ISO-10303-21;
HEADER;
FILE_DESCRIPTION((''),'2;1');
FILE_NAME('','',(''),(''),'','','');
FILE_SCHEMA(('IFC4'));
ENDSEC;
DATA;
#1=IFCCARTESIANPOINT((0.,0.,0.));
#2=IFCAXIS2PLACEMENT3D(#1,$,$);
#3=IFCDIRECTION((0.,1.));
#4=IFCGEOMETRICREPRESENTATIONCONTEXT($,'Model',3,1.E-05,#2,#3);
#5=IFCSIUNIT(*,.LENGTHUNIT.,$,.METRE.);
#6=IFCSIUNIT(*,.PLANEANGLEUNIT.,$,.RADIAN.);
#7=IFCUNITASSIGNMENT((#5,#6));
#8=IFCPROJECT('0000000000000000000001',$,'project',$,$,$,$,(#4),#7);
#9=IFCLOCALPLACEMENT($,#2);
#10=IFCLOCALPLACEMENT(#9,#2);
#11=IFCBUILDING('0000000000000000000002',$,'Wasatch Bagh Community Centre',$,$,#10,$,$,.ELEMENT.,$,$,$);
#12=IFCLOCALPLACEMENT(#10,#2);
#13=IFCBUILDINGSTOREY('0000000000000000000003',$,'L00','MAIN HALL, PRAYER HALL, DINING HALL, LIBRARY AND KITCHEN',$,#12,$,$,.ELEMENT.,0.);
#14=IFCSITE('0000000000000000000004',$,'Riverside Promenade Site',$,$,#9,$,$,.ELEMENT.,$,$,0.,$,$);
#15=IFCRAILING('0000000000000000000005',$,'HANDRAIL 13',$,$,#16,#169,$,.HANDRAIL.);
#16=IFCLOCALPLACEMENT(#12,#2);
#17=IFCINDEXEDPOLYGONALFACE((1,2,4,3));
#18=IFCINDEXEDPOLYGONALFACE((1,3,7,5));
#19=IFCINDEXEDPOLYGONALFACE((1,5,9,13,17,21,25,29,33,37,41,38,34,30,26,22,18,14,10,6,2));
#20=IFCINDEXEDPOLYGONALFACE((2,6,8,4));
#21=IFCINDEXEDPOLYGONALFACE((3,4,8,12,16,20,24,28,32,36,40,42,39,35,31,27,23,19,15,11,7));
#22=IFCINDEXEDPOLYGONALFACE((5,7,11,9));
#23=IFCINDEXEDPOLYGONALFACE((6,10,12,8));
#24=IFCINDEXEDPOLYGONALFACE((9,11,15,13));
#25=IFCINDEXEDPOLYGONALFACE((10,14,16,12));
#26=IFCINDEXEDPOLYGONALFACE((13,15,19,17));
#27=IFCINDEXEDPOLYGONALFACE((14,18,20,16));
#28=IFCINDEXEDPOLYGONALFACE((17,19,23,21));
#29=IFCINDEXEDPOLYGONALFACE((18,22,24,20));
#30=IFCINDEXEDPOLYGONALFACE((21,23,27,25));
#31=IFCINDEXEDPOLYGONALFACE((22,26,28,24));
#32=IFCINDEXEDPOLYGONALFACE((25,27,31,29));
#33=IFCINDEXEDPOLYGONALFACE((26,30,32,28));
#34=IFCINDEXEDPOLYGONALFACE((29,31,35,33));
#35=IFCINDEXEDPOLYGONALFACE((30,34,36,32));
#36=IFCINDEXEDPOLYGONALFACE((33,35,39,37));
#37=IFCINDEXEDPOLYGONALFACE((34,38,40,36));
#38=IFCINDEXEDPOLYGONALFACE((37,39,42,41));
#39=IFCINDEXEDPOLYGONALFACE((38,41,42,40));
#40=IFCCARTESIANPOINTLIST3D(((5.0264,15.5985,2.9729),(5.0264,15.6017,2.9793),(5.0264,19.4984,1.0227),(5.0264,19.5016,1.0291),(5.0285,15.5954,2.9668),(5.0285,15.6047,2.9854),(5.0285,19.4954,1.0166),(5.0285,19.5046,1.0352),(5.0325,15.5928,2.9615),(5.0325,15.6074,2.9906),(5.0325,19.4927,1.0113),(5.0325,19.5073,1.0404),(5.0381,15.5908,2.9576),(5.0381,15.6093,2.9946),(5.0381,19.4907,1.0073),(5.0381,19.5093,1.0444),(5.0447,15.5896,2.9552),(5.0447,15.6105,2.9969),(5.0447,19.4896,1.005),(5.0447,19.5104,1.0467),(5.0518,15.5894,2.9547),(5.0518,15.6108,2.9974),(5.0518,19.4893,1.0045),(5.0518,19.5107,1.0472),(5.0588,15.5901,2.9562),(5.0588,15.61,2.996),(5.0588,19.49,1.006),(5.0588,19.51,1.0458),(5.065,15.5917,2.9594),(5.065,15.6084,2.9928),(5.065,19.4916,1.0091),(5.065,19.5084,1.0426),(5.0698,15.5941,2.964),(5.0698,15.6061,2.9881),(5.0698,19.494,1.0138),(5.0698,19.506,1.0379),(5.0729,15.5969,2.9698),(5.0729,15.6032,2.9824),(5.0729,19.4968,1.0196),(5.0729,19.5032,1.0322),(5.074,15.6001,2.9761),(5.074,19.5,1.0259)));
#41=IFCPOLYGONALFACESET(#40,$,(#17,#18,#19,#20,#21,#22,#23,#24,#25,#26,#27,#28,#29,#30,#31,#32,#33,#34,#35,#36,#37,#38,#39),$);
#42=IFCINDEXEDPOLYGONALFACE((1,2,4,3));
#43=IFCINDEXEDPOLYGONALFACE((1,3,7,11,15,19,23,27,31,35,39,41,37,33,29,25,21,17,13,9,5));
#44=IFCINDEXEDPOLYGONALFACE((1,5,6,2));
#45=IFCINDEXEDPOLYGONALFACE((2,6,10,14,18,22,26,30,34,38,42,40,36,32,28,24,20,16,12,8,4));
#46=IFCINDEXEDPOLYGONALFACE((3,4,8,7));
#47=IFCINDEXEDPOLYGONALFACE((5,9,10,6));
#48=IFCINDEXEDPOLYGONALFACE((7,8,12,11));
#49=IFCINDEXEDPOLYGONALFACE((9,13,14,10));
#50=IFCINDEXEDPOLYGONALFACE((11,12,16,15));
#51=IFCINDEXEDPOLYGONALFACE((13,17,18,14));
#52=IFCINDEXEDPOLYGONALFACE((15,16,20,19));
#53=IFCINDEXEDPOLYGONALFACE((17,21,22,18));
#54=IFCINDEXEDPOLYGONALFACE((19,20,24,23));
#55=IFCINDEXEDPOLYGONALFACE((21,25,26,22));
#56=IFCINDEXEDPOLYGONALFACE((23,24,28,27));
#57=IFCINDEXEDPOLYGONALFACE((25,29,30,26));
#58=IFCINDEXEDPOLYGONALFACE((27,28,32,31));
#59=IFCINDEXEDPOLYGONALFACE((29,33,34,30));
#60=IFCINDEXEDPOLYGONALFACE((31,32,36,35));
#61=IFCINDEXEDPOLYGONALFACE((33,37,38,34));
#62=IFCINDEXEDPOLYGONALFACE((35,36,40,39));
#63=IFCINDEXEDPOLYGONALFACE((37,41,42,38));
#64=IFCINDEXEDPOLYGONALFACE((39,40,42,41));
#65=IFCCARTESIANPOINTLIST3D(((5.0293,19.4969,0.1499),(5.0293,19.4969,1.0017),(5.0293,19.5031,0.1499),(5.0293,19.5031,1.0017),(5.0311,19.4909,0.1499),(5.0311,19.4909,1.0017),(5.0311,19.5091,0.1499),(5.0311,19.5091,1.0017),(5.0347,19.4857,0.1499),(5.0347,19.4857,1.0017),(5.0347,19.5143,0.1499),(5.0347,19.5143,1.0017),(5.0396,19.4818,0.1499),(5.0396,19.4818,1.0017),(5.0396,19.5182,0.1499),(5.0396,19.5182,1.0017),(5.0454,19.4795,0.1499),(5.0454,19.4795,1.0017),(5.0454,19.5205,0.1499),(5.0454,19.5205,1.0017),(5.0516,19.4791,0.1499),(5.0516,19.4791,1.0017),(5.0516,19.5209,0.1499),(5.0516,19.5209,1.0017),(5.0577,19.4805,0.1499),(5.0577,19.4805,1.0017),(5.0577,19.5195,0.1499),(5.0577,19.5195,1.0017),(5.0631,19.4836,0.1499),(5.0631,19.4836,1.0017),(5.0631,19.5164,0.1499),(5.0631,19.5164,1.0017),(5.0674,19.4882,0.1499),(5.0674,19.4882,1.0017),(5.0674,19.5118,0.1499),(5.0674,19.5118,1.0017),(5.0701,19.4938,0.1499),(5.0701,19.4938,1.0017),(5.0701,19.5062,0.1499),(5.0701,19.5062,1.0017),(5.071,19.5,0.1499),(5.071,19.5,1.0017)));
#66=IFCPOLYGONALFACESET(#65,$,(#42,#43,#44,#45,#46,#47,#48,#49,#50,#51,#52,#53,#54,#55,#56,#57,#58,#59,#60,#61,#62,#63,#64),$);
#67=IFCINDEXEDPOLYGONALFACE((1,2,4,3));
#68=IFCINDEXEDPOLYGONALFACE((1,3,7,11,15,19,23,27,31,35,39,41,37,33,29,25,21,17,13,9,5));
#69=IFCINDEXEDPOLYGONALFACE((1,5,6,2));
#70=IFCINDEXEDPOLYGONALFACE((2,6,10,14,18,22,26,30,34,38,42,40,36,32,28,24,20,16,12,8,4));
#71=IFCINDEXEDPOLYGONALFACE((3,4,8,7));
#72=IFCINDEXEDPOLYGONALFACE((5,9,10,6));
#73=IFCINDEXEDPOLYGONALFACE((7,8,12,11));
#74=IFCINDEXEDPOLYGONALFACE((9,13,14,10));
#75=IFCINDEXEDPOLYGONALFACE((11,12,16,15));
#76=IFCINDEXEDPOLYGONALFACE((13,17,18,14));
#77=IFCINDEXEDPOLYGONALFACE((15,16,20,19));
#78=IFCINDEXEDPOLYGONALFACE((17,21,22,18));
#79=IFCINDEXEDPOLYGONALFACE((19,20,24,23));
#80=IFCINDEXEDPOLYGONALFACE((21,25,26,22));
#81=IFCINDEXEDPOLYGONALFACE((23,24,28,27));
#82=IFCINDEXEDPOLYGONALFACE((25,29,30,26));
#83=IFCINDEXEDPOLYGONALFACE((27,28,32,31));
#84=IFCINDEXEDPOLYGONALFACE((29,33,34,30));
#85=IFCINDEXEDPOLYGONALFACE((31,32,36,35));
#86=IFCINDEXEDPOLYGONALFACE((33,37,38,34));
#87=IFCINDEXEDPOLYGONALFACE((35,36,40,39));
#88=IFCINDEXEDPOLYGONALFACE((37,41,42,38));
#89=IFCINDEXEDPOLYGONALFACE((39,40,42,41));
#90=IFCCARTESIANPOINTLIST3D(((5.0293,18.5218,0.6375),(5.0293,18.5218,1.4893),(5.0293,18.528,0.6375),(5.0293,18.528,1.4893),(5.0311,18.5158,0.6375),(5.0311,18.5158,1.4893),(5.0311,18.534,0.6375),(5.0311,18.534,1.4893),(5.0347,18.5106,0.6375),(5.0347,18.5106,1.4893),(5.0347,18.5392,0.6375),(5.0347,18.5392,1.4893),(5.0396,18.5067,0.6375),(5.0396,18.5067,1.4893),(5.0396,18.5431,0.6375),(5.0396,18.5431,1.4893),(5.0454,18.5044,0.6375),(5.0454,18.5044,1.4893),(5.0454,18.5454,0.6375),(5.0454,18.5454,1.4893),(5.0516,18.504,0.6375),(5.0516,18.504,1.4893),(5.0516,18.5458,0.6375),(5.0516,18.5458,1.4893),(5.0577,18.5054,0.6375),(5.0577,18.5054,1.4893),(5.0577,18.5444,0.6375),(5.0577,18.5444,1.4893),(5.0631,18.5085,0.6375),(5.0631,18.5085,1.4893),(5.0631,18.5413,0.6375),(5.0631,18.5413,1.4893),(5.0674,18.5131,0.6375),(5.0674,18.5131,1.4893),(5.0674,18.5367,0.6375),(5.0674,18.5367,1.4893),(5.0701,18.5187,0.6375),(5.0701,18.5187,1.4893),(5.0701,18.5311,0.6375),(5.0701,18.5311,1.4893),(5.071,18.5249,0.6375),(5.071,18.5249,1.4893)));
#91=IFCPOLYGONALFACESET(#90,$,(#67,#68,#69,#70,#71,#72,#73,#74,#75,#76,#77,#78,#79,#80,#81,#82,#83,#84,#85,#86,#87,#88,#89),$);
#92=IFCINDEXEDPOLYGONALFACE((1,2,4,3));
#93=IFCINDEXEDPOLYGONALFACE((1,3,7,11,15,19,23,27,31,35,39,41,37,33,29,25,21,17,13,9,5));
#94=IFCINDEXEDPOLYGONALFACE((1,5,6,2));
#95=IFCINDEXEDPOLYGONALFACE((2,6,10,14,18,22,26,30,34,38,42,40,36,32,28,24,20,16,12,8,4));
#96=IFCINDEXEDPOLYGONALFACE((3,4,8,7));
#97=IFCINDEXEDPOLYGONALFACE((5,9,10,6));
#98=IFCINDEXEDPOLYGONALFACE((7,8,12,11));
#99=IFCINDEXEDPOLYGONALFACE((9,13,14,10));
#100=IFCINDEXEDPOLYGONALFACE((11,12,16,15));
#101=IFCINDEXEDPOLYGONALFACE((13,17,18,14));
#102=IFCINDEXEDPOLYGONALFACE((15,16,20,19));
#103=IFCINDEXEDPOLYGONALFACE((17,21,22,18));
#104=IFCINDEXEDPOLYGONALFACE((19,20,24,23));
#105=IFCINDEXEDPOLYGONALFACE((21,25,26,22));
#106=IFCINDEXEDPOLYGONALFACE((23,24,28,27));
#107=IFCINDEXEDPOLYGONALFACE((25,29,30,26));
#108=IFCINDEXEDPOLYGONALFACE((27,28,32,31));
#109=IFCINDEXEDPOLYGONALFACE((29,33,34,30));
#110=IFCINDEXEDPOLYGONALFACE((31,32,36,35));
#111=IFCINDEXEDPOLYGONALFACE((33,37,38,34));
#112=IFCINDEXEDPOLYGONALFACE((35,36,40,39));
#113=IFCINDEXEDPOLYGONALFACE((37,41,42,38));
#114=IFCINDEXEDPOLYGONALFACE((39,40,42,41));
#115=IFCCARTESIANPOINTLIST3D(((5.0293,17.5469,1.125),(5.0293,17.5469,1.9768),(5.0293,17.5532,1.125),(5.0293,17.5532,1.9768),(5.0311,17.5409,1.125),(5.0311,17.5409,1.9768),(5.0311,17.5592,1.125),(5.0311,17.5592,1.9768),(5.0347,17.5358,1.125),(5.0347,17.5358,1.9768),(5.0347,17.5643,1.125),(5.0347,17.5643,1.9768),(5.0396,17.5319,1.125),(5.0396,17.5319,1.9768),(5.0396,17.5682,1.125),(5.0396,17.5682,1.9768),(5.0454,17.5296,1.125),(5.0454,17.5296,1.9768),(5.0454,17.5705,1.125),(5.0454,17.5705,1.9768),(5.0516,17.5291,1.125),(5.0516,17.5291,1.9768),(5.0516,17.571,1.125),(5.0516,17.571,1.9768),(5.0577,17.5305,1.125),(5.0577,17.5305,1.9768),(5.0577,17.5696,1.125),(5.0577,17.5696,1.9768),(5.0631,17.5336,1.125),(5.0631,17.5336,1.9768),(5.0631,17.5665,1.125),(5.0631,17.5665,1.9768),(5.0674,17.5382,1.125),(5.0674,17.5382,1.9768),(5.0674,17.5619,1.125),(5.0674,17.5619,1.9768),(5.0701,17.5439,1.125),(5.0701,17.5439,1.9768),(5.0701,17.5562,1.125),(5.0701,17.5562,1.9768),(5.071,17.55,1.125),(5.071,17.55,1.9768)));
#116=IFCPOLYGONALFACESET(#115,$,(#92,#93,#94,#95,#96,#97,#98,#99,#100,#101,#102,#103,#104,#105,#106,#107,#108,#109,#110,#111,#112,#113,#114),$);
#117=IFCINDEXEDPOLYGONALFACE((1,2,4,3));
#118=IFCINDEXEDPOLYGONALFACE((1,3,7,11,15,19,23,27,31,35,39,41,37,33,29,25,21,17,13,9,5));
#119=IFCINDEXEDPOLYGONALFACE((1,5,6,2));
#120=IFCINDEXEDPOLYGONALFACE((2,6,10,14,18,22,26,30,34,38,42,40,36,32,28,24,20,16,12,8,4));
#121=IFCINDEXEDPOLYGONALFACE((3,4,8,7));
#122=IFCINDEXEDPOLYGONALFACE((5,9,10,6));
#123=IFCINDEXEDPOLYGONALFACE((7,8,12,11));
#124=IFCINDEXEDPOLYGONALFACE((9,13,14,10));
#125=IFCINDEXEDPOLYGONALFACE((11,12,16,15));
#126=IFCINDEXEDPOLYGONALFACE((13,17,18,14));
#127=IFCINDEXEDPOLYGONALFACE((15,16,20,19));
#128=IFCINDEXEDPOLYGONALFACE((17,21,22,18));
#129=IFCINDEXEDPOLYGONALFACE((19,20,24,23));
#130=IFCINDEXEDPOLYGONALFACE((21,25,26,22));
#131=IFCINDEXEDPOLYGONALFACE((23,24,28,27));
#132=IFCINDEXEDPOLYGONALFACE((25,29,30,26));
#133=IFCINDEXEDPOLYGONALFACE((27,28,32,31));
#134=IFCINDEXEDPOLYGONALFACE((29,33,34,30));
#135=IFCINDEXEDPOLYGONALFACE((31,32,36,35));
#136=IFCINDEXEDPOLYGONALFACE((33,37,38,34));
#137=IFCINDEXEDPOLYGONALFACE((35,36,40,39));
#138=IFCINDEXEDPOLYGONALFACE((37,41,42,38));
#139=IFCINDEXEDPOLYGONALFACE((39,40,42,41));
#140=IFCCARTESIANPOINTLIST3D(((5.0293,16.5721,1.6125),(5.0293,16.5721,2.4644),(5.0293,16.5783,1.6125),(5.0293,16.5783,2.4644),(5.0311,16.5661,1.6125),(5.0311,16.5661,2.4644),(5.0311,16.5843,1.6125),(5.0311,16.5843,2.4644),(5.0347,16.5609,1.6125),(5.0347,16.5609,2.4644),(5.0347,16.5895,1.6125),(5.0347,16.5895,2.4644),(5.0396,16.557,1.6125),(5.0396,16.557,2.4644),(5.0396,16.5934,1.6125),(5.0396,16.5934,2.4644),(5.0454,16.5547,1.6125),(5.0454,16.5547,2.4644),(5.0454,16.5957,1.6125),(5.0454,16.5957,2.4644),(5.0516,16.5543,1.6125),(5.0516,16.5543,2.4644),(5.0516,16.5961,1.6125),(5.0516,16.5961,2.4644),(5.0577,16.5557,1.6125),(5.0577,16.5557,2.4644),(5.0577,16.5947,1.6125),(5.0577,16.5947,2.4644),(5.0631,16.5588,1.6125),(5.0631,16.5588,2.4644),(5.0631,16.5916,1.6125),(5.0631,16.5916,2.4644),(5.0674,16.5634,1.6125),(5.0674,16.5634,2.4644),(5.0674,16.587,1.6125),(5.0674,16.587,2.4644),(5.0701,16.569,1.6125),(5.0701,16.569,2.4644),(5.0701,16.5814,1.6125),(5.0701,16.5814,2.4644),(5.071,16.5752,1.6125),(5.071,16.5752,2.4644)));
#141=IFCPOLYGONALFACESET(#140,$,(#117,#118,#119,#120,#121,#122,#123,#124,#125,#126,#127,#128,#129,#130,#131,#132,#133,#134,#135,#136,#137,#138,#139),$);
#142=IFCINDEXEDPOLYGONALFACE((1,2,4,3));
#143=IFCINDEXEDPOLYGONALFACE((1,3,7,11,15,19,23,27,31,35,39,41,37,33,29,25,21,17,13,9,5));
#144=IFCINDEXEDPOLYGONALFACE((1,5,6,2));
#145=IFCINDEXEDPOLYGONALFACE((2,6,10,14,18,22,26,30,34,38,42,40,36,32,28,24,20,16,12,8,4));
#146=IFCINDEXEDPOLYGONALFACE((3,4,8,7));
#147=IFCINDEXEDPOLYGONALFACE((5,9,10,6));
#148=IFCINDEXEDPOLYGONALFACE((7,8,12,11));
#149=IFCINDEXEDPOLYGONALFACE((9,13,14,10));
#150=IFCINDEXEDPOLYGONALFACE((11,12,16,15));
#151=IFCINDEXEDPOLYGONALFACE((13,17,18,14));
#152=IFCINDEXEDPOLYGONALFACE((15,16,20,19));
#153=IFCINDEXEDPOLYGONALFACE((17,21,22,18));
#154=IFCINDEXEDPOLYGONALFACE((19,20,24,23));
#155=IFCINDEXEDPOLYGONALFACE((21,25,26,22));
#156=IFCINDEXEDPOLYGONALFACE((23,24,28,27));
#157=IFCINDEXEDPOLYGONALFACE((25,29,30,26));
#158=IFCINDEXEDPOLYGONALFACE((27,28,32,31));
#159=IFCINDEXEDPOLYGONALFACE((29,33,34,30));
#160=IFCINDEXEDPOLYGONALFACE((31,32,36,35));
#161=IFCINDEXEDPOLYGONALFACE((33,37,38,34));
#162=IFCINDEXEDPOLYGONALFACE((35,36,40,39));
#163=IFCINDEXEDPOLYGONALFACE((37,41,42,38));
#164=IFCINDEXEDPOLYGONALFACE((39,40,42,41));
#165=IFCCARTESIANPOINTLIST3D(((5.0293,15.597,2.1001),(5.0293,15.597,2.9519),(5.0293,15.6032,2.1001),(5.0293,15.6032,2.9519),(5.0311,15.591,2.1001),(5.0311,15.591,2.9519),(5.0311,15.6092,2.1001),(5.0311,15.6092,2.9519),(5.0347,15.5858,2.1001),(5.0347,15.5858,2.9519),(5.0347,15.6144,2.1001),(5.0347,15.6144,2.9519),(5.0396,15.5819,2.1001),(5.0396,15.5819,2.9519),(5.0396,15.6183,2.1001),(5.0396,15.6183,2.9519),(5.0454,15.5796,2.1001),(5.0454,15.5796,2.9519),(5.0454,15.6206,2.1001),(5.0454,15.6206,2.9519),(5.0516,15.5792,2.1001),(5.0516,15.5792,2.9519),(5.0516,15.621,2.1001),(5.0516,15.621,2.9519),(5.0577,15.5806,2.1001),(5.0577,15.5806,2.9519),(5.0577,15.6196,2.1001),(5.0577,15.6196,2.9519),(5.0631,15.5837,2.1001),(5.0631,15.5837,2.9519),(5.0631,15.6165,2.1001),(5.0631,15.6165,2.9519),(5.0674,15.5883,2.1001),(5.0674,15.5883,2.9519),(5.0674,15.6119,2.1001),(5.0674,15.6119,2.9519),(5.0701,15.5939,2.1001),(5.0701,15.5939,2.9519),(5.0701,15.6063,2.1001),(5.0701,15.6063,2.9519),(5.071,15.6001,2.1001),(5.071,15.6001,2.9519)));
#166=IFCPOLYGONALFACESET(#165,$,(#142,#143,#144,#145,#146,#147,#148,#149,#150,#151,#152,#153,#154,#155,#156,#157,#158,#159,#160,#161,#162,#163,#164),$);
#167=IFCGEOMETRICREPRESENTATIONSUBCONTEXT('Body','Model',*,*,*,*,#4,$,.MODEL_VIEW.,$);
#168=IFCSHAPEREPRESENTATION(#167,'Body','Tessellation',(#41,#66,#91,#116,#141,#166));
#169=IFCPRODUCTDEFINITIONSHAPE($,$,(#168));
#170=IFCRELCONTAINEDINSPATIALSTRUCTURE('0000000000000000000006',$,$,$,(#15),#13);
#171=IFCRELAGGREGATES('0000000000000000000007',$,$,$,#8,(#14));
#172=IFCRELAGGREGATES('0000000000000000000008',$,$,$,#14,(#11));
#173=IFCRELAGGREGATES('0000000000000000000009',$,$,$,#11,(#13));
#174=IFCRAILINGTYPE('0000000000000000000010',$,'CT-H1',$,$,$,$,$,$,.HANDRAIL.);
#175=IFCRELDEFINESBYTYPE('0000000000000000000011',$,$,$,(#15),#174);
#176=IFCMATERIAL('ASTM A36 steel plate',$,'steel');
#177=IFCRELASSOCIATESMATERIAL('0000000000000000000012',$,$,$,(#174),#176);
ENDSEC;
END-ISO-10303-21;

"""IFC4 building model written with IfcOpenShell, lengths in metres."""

from ifc_helpers import new_model, si_unit, direction, frame, origin, origin_2d, place, context, subcontext, project, spatial, circle, extrude, material, type_object, element, save


model = new_model("IFC4")

# Units and contexts
model_context = context("Model", 3, precision=1e-05, world=origin(), true_north=direction((0.0, 1.0)))
body_context = subcontext(model_context, "Body", "Model", "MODEL_VIEW")
ifc_project = project(units=[si_unit("LENGTHUNIT", "METRE"), si_unit("PLANEANGLEUNIT", "RADIAN")], contexts=[model_context])

# Site, building, storey
site_placement = place(None, origin())
site = spatial("IfcSite", under=ifc_project, at=site_placement, Name="Riverside Promenade Site", CompositionType="ELEMENT", RefElevation=0.0)
building_placement = place(site_placement, origin())
building = spatial("IfcBuilding", under=site, at=building_placement, Name="Wasatch Bagh Community Centre", CompositionType="ELEMENT")
storey_placement = place(building_placement, origin())
storey = spatial("IfcBuildingStorey", under=building, at=storey_placement, Name="L00", Description="MAIN HALL, PRAYER HALL, DINING HALL, LIBRARY AND KITCHEN", CompositionType="ELEMENT", Elevation=0.0)

# Railing
ifc_material_1 = material(Name="ASTM A36 steel plate", Category="steel")
railing_type_1 = type_object("IfcRailingType", Name="CT-H1", PredefinedType="HANDRAIL", material=ifc_material_1)
for number, where, name in (
    (1, (5.05, 19.5, 0.1499), "HANDRAIL 13"),
):
    element("IfcRailing", number, at=place(storey_placement, frame(where)), inside=storey, type_object=railing_type_1, Name=name, PredefinedType="HANDRAIL", context=body_context, shape_type="SweptSolid", body=[
        extrude(circle(Radius=0.0239, at=origin_2d()), frame((0.0, 0.0, 0.876), z_axis=(0.0, -0.894405, 0.447258), x_axis=(1.0, 0.0, 0.0)), (0.0, 0.0, 1.0), 4.3604),
        extrude(circle(Radius=0.021, at=origin_2d()), origin(), (0.0, 0.0, 1.0), 0.8518),
        extrude(circle(Radius=0.021, at=origin_2d()), frame((0.0, -0.9751, 0.4875)), (0.0, 0.0, 1.0), 0.8518),
        extrude(circle(Radius=0.021, at=origin_2d()), frame((0.0, -1.95, 0.9751)), (0.0, 0.0, 1.0), 0.8518),
        extrude(circle(Radius=0.021, at=origin_2d()), frame((0.0, -2.9248, 1.4626)), (0.0, 0.0, 1.0), 0.8518),
        extrude(circle(Radius=0.021, at=origin_2d()), frame((0.0, -3.8999, 1.9502)), (0.0, 0.0, 1.0), 0.8518),
    ])

save(model, "model.ifc")
